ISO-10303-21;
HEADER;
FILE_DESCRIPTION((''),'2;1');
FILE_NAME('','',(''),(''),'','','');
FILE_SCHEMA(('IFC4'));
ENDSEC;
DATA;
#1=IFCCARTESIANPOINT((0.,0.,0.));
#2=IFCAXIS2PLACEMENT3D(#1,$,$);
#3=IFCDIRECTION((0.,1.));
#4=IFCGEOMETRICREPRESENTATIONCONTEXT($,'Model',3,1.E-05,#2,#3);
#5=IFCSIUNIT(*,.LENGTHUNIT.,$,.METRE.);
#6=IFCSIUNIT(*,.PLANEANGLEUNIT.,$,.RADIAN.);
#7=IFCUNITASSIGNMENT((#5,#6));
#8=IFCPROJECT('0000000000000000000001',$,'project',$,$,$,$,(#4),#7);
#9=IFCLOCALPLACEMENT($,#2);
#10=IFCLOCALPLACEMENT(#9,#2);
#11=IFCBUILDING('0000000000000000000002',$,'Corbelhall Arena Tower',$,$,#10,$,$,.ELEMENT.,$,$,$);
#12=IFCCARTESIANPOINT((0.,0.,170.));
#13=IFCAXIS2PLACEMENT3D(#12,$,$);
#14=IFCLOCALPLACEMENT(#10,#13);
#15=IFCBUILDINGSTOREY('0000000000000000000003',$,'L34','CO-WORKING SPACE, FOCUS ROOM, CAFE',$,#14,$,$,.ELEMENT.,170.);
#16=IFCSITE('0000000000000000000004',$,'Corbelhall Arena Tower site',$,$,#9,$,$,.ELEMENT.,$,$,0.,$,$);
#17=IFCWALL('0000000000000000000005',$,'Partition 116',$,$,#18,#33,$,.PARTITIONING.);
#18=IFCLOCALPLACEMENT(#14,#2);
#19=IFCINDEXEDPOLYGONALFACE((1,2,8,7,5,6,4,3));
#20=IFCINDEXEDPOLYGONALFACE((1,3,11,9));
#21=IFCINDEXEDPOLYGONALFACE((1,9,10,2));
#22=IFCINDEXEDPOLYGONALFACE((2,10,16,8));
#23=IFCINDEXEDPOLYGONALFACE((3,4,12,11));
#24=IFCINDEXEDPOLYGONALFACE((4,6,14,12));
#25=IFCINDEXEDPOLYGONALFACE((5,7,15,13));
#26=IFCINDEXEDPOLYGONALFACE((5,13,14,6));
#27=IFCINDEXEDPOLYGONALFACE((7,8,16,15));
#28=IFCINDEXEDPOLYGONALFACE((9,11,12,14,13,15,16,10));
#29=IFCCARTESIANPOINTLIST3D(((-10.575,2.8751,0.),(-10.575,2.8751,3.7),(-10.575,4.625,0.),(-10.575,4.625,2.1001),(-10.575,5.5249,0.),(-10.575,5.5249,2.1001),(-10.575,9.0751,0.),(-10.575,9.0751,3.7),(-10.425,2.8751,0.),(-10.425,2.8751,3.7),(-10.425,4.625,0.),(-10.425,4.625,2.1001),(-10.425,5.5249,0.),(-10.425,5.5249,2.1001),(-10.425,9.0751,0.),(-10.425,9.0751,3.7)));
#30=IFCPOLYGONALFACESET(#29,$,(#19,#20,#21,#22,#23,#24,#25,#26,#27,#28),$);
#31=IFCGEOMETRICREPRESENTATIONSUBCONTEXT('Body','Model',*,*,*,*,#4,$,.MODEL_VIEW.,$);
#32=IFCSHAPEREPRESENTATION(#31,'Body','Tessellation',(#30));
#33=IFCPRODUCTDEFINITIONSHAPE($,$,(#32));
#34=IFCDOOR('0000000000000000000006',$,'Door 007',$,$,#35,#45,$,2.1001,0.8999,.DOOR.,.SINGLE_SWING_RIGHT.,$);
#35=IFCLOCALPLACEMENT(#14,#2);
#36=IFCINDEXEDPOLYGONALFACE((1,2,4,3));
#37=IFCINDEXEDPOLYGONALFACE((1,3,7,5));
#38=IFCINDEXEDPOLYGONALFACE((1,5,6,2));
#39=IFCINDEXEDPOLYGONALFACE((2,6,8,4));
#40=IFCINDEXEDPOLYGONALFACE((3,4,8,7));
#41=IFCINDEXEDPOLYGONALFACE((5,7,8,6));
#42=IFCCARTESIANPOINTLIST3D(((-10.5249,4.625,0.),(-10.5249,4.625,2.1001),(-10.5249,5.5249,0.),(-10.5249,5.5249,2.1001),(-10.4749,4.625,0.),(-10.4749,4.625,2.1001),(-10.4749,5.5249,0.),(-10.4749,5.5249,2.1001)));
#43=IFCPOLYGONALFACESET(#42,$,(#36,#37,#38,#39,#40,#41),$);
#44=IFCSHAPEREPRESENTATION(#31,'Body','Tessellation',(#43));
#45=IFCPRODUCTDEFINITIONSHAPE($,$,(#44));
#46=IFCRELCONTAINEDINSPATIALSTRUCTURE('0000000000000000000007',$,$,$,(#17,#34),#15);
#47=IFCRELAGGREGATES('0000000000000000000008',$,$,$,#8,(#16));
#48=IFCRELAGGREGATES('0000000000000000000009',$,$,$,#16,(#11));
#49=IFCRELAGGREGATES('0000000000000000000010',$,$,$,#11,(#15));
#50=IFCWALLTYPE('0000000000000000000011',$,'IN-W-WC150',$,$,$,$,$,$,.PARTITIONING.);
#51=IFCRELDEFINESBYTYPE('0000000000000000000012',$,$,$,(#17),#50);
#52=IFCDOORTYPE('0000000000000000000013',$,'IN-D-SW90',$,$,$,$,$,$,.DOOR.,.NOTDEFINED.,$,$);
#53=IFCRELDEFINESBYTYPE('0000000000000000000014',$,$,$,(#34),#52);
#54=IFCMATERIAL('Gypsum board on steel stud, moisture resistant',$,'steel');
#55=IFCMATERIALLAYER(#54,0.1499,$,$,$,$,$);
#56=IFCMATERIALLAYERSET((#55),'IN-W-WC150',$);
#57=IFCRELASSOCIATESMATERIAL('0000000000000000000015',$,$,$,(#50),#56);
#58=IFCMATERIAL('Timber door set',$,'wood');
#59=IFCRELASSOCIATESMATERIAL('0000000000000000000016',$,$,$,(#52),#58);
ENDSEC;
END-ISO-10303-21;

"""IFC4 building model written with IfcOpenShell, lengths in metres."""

from ifc_helpers import new_model, si_unit, direction, frame, frame_2d, origin, place, context, subcontext, project, spatial, rectangle, extrude, material, layer, layer_set, type_object, element, fill, save


model = new_model("IFC4")

# Units and contexts
model_context = context("Model", 3, precision=1e-05, world=origin(), true_north=direction((0.0, 1.0)))
body_context = subcontext(model_context, "Body", "Model", "MODEL_VIEW")
ifc_project = project(units=[si_unit("LENGTHUNIT", "METRE"), si_unit("PLANEANGLEUNIT", "RADIAN")], contexts=[model_context])

# Site, building, storey
site_placement = place(None, origin())
site = spatial("IfcSite", under=ifc_project, at=site_placement, Name="Corbelhall Arena Tower site", CompositionType="ELEMENT", RefElevation=0.0)
building_placement = place(site_placement, origin())
building = spatial("IfcBuilding", under=site, at=building_placement, Name="Corbelhall Arena Tower", CompositionType="ELEMENT")
storey_placement = place(building_placement, frame((0.0, 0.0, 170.0)))
storey = spatial("IfcBuildingStorey", under=building, at=storey_placement, Name="L34", Description="CO-WORKING SPACE, FOCUS ROOM, CAFE", CompositionType="ELEMENT", Elevation=170.0)

# Wall, opening, door
ifc_material_1 = material(Name="Gypsum board on steel stud, moisture resistant", Category="steel")
ifc_layer_1 = layer(ifc_material_1, 0.1499)
ifc_layer_set_1 = layer_set([ifc_layer_1], Name="IN-W-WC150")
wall_type_1 = type_object("IfcWallType", Name="IN-W-WC150", PredefinedType="PARTITIONING", material=ifc_layer_set_1)
wall_1_placement = place(storey_placement, frame((-10.5, 2.875, 0.0), z_axis=(0.0, 0.0, 1.0), x_axis=(0.0, 1.0, 0.0)))
wall_1 = element("IfcWall", 1, at=wall_1_placement, inside=storey, type_object=wall_type_1, Name="Partition 116", PredefinedType="PARTITIONING", context=body_context, shape_type="SweptSolid", body=[
    extrude(rectangle(XDim=6.2, YDim=0.1499, at=frame_2d((3.1001, 0.0))), origin(), (0.0, 0.0, 1.0), 3.7),
])
opening_1_placement = place(wall_1_placement, frame((1.75, 0.0, 0.0)))
opening_1 = element("IfcOpeningElement", 2, at=opening_1_placement, cuts=wall_1, PredefinedType="OPENING", context=body_context, shape_type="SweptSolid", body=[
    extrude(rectangle(XDim=0.8999, YDim=2.1001, at=frame_2d((0.45, 1.05))), frame((0.0, 0.075, 0.0), z_axis=(0.0, -1.0, 0.0), x_axis=(1.0, 0.0, 0.0)), (0.0, 0.0, 1.0), 0.1499),
])
ifc_material_2 = material(Name="Timber door set", Category="wood")
door_type_1 = type_object("IfcDoorType", Name="IN-D-SW90", OperationType="NOTDEFINED", PredefinedType="DOOR", material=ifc_material_2)
door_1_placement = place(opening_1_placement, origin())
door_1 = element("IfcDoor", 3, at=door_1_placement, inside=storey, type_object=door_type_1, Name="Door 007", OperationType="SINGLE_SWING_RIGHT", OverallHeight=2.1001, OverallWidth=0.8999, PredefinedType="DOOR", context=body_context, shape_type="SweptSolid", body=[
    extrude(rectangle(XDim=0.8999, YDim=2.1001, at=frame_2d((0.45, 1.05))), frame((0.0, 0.0249, 0.0), z_axis=(0.0, -1.0, 0.0), x_axis=(1.0, 0.0, 0.0)), (0.0, 0.0, 1.0), 0.05),
])
fill(opening_1, door_1)

save(model, "model.ifc")
